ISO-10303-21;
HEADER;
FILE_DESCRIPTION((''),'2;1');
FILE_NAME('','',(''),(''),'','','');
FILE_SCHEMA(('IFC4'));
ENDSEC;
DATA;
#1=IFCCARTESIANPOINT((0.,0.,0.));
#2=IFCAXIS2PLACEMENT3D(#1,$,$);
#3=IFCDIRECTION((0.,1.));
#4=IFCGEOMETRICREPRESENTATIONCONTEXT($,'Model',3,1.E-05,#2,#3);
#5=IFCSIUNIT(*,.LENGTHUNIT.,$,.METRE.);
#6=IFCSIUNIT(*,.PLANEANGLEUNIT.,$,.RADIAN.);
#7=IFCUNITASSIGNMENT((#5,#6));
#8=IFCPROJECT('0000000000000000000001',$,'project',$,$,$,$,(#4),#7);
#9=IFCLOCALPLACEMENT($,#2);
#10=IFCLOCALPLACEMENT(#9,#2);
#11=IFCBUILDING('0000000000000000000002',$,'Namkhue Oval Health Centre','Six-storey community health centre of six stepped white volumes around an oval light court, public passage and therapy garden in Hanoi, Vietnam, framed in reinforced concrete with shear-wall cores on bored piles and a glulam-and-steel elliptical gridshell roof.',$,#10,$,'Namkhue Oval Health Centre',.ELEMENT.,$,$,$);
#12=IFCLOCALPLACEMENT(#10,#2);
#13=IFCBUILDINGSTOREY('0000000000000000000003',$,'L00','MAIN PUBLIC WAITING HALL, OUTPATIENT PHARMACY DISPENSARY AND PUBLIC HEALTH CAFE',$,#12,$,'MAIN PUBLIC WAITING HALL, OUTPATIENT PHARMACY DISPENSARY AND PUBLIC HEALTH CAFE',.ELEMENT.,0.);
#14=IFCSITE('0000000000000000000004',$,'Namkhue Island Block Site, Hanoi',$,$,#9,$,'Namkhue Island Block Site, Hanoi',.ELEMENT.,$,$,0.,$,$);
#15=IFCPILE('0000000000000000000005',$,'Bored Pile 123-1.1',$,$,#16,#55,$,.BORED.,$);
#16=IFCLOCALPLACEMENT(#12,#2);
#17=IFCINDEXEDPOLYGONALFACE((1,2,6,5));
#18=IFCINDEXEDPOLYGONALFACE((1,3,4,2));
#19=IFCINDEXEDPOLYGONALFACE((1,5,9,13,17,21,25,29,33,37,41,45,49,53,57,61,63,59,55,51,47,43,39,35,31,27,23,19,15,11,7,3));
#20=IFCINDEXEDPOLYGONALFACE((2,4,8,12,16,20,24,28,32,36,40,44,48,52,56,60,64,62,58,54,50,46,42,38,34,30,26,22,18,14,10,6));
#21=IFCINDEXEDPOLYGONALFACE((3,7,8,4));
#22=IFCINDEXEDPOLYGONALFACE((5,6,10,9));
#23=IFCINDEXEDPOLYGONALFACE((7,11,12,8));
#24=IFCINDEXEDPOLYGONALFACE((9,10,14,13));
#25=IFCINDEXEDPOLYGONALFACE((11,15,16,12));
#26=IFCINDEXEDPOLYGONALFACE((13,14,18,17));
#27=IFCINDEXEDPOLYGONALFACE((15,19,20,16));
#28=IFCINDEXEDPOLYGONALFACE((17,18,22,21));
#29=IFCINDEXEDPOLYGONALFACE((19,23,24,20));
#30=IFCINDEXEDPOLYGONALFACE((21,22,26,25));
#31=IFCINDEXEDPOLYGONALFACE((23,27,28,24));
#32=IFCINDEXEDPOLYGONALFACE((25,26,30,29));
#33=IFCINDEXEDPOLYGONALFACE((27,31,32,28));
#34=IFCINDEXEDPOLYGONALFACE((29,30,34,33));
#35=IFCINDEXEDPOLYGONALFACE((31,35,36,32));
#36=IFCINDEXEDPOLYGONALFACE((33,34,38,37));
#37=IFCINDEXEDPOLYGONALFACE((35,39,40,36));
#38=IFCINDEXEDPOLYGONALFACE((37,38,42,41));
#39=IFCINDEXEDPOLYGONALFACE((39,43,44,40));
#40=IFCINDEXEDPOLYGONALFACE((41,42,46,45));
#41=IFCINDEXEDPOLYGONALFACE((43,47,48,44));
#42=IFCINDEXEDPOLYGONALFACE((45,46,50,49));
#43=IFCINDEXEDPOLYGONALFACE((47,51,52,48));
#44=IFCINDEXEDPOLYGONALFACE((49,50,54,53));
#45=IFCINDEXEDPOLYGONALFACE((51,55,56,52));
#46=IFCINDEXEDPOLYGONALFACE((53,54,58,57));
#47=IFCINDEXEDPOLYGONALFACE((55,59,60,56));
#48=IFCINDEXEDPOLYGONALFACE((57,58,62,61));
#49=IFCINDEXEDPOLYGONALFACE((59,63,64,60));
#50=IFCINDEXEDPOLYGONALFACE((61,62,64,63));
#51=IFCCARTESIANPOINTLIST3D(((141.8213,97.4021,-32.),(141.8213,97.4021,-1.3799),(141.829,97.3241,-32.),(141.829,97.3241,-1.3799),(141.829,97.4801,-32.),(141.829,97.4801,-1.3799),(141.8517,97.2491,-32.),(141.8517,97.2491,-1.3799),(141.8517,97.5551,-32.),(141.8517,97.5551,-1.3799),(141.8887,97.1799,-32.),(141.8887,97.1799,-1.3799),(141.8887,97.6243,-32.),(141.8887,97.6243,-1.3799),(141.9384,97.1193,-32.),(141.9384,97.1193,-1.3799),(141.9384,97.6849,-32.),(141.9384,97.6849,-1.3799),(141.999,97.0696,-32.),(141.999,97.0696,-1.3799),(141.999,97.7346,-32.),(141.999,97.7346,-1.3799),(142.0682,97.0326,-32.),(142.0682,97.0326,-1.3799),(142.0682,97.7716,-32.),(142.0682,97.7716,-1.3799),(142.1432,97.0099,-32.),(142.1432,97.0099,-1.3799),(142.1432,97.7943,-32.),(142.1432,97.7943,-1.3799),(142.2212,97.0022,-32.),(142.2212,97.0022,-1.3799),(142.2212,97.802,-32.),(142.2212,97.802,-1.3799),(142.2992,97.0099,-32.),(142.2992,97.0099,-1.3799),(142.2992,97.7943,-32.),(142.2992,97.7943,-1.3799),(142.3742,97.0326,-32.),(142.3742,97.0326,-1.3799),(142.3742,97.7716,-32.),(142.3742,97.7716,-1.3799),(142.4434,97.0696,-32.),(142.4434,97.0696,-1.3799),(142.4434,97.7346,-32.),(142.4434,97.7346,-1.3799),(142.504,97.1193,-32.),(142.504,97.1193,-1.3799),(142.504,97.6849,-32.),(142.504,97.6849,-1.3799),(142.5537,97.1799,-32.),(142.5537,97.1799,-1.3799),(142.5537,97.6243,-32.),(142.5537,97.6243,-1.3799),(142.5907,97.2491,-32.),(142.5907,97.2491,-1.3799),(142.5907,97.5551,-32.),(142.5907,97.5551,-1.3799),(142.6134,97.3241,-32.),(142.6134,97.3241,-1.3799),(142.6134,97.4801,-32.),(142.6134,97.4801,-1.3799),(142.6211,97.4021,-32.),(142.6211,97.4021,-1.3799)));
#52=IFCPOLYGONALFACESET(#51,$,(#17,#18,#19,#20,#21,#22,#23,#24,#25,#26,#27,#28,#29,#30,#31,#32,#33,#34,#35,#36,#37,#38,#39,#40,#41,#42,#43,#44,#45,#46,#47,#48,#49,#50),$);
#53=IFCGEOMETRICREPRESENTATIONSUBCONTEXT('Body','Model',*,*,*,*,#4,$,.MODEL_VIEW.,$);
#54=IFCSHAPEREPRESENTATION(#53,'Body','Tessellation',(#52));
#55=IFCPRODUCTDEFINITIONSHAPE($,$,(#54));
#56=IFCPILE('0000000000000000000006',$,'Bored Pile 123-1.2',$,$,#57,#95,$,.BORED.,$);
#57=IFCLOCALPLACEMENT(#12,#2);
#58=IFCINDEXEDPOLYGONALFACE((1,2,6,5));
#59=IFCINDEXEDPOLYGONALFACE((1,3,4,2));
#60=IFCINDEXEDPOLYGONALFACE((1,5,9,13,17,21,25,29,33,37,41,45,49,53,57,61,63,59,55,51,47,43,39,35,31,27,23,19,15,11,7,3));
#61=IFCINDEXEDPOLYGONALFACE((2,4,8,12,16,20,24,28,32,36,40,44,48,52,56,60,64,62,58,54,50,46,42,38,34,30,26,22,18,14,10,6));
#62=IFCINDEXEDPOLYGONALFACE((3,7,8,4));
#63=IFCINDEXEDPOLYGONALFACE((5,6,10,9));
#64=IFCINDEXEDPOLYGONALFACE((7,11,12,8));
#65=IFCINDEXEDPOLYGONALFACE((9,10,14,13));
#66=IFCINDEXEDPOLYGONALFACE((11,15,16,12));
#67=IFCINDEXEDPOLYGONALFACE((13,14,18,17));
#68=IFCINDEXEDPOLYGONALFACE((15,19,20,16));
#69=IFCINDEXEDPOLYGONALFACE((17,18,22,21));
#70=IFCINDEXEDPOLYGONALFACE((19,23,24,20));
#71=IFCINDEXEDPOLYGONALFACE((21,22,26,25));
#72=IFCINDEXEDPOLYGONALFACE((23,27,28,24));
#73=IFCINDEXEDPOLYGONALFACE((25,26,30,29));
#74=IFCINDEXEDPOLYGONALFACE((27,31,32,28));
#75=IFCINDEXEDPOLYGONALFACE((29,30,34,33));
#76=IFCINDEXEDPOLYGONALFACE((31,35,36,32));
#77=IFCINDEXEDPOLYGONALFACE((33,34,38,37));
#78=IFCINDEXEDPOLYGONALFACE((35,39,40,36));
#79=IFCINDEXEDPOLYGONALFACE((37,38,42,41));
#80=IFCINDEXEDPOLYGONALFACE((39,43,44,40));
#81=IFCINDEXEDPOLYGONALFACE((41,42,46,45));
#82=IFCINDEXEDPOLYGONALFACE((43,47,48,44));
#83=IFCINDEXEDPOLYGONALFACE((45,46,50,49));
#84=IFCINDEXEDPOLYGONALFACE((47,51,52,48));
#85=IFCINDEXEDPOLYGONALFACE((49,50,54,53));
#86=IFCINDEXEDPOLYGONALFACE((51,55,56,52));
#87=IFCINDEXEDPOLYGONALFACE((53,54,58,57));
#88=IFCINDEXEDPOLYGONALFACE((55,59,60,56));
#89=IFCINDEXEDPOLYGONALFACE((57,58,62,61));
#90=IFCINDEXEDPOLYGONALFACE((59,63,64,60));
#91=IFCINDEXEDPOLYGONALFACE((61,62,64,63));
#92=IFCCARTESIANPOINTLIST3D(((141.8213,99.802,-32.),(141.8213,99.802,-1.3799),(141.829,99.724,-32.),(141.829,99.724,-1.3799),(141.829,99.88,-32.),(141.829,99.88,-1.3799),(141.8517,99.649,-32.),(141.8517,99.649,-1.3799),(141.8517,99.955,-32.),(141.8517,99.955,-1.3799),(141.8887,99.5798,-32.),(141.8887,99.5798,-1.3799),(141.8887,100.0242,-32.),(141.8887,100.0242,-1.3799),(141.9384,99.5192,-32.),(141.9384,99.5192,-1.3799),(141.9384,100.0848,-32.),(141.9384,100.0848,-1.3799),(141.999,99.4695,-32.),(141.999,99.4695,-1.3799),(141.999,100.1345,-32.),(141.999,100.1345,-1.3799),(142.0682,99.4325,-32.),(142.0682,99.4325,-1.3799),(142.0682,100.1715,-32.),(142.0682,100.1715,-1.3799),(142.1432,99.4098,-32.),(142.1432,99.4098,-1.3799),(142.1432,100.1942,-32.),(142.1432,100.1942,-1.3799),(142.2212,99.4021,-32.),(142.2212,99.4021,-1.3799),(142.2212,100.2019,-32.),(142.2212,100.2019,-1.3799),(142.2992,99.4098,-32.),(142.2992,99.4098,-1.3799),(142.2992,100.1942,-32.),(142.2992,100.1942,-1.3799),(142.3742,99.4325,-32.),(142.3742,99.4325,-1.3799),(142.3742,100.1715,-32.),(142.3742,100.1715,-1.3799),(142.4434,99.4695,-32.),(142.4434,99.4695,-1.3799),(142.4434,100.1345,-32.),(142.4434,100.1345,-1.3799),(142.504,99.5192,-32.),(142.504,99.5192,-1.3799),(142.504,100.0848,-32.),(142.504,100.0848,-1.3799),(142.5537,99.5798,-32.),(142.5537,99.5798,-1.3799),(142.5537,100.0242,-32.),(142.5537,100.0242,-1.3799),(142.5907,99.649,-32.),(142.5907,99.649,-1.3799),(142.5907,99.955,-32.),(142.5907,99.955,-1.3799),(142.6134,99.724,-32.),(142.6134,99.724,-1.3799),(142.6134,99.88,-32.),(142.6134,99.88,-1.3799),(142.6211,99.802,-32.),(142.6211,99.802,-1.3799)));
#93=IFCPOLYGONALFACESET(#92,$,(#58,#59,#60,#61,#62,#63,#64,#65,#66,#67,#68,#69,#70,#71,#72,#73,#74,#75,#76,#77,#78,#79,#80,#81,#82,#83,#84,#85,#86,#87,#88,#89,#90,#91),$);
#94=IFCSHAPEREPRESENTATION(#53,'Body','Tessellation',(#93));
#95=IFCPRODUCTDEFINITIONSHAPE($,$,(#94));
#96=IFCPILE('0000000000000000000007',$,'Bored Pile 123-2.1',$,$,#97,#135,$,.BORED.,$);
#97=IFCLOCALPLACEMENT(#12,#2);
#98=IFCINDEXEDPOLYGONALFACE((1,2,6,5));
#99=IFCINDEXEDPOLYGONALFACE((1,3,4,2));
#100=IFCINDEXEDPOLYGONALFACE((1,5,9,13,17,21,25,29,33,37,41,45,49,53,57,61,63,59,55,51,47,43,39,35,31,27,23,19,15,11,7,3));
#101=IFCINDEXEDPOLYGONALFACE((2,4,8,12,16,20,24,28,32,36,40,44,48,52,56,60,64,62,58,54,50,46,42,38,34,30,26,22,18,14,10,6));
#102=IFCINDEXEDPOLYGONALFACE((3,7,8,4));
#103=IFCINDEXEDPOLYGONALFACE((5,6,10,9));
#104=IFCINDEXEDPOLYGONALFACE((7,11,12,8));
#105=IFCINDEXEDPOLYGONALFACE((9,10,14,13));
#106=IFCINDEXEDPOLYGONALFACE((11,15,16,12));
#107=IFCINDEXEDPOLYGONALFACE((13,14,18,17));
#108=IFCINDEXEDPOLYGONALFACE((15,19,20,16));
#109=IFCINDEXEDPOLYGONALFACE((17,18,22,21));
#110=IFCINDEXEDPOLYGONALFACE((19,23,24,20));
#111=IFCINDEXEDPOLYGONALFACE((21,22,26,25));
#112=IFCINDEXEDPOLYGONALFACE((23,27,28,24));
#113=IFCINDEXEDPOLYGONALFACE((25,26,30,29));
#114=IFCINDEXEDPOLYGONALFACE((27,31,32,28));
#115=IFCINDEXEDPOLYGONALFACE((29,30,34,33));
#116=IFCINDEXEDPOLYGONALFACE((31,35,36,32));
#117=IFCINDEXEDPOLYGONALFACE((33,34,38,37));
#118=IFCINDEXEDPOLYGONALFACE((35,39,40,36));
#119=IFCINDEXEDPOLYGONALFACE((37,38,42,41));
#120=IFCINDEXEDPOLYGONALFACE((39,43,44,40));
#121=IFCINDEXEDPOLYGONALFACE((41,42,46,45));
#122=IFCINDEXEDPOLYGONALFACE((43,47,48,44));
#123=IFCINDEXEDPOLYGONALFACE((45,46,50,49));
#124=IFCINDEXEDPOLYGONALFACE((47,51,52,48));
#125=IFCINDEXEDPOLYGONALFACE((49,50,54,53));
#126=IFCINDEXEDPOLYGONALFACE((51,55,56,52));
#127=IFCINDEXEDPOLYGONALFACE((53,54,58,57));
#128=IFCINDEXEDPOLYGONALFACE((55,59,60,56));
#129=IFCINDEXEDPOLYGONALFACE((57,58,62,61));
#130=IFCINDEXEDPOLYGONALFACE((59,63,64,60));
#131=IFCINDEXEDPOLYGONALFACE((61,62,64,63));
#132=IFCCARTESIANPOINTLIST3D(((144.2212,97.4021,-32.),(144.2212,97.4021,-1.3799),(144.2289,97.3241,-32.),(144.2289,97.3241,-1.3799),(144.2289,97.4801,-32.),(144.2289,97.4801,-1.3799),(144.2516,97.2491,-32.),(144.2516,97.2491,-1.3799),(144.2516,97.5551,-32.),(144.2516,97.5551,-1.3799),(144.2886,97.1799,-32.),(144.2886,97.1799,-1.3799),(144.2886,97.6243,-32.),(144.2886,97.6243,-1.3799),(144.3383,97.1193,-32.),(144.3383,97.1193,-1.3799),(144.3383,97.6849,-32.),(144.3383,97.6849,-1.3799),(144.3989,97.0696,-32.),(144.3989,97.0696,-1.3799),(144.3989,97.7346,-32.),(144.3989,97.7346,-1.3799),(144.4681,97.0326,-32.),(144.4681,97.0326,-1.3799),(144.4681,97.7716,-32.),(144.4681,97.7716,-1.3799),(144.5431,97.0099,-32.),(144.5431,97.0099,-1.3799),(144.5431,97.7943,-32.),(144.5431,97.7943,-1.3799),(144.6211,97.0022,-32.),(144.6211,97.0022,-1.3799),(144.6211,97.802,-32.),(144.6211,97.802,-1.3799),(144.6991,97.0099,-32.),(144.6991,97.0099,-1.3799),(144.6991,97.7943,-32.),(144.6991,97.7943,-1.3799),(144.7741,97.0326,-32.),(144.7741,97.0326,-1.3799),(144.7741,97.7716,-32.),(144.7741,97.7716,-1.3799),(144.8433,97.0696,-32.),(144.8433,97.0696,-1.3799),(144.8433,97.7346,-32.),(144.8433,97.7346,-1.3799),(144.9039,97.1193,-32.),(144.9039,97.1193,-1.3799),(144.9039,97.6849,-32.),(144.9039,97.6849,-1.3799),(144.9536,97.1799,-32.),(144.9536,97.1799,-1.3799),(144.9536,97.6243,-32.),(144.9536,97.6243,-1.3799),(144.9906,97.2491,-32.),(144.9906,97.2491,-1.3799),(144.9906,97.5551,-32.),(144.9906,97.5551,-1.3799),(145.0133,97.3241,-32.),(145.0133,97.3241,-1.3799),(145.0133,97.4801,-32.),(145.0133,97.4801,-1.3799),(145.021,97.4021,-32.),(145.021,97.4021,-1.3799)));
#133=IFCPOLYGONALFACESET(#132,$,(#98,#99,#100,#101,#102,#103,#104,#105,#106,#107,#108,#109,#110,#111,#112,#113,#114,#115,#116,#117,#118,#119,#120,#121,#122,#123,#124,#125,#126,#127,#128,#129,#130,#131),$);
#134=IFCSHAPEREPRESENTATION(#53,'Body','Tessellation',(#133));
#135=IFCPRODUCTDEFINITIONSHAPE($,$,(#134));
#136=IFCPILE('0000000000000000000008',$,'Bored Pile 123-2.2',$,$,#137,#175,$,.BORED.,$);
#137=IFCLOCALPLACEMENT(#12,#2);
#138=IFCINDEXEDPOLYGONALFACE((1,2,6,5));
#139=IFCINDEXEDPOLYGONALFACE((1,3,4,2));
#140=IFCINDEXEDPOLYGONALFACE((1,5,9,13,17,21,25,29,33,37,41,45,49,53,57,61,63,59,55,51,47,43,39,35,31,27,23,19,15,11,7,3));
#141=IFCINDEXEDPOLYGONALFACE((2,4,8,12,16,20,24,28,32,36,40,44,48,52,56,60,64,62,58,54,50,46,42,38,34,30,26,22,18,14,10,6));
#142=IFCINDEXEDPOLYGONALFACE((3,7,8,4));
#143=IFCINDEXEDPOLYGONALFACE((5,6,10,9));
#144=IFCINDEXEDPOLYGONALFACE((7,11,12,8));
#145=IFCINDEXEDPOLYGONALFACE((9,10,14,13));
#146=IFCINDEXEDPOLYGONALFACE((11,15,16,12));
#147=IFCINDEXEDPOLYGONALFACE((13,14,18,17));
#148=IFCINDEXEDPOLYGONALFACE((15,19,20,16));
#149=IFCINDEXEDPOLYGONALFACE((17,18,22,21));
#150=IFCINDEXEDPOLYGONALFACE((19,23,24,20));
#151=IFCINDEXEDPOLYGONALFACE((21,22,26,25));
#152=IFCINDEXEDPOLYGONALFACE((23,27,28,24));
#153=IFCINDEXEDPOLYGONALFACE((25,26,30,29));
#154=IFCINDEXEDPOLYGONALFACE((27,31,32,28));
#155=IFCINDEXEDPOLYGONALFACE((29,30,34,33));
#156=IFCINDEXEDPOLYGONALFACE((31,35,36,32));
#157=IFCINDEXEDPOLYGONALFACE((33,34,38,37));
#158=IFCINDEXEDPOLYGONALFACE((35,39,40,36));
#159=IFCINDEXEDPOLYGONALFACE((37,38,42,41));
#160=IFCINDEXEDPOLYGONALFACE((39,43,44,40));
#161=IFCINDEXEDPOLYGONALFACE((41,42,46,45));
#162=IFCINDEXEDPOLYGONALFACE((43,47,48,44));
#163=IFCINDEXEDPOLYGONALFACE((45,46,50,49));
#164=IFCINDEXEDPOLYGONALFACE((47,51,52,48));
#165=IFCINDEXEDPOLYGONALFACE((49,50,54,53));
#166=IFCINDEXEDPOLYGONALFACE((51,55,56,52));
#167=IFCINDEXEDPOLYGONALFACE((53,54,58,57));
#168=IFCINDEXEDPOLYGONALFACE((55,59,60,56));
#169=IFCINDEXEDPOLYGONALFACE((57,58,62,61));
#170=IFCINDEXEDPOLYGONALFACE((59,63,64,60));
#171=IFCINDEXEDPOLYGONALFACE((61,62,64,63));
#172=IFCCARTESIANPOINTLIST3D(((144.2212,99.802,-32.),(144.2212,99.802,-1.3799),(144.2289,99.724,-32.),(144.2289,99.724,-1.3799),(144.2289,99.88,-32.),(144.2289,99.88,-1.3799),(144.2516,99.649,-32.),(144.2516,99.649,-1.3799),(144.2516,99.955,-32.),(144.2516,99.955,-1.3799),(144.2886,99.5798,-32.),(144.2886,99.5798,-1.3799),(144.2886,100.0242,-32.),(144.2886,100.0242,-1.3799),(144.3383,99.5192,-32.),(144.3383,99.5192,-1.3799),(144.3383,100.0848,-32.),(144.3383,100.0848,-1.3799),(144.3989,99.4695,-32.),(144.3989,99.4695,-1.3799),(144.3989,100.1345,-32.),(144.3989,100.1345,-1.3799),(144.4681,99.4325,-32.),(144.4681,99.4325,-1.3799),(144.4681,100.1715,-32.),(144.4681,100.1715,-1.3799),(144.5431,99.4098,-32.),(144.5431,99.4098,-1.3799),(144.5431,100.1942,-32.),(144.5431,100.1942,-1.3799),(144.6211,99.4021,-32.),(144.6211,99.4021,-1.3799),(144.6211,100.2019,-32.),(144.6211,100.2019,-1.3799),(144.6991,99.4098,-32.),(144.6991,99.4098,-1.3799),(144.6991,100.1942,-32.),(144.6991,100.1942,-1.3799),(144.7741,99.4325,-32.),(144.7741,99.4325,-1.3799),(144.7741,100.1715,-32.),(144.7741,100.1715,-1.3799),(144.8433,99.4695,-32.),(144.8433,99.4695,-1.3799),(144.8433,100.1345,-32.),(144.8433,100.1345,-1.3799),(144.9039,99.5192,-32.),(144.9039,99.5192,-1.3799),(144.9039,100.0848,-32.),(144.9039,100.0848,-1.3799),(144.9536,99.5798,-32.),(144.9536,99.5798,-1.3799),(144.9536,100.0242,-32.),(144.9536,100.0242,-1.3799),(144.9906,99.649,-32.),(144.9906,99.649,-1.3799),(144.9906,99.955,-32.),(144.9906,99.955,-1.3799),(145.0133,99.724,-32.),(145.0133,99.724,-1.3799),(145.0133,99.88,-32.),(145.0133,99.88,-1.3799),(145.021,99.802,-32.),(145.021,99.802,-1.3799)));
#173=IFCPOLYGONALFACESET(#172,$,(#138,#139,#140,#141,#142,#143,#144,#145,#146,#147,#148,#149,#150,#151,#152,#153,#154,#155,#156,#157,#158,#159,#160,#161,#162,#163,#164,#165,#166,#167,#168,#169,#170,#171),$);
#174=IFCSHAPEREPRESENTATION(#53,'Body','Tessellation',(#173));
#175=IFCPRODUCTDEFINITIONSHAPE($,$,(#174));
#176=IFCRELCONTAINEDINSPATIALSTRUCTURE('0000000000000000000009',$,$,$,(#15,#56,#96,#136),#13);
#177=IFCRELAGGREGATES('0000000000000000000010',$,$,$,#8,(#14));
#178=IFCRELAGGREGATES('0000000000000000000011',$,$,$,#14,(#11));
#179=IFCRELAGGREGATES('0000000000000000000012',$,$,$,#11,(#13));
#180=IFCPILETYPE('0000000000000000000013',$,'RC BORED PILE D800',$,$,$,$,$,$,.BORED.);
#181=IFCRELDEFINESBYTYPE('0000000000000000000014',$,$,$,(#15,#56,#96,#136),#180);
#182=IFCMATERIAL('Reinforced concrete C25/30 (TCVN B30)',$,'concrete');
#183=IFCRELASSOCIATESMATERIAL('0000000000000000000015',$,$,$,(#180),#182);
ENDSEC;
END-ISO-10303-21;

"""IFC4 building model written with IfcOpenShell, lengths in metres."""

from ifc_helpers import new_model, si_unit, direction, frame, origin, origin_2d, place, context, subcontext, project, spatial, circle, extrude, material, material_profile, profile_set, type_object, element, save


model = new_model("IFC4")

# Units and contexts
model_context = context("Model", 3, precision=1e-05, world=origin(), true_north=direction((0.0, 1.0)))
body_context = subcontext(model_context, "Body", "Model", "MODEL_VIEW")
ifc_project = project(units=[si_unit("LENGTHUNIT", "METRE"), si_unit("PLANEANGLEUNIT", "RADIAN")], contexts=[model_context])

# Site, building, storey
site_placement = place(None, origin())
site = spatial("IfcSite", under=ifc_project, at=site_placement, Name="Namkhue Island Block Site, Hanoi", LongName="Namkhue Island Block Site, Hanoi", CompositionType="ELEMENT", RefElevation=0.0)
building_placement = place(site_placement, origin())
building = spatial("IfcBuilding", under=site, at=building_placement, Name="Namkhue Oval Health Centre", Description="Six-storey community health centre of six stepped white volumes around an oval light court, public passage and therapy garden in Hanoi, Vietnam, framed in reinforced concrete with shear-wall cores on bored piles and a glulam-and-steel elliptical gridshell roof.", LongName="Namkhue Oval Health Centre", CompositionType="ELEMENT")
storey_placement = place(building_placement, origin())
storey = spatial("IfcBuildingStorey", under=building, at=storey_placement, Name="L00", Description="MAIN PUBLIC WAITING HALL, OUTPATIENT PHARMACY DISPENSARY AND PUBLIC HEALTH CAFE", LongName="MAIN PUBLIC WAITING HALL, OUTPATIENT PHARMACY DISPENSARY AND PUBLIC HEALTH CAFE", CompositionType="ELEMENT", Elevation=0.0)

# Piles
ifc_material_1 = material(Name="Reinforced concrete C25/30 (TCVN B30)", Category="concrete")
ifc_material_profile_1 = material_profile(ifc_material_1, circle(Radius=0.3999, at=origin_2d()), Name="BORED PILE D800")
ifc_profile_set_1 = profile_set([ifc_material_profile_1], Name="Reinforced concrete C25/30 (TCVN B30)")
pile_type = type_object("IfcPileType", Name="RC BORED PILE D800", PredefinedType="BORED", material=ifc_profile_set_1)
for number, where, z_axis, x_axis, name in (
    (1, (142.2212, 97.4021, -1.3799), (0.0, 0.0, -1.0), (1.0, 0.0, 0.0), "Bored Pile 123-1.1"),
    (2, (142.2212, 99.802, -1.3799), (0.0, 0.0, -1.0), (1.0, 0.0, 0.0), "Bored Pile 123-1.2"),
    (3, (144.6211, 97.4021, -1.3799), (0.0, 0.0, -1.0), (1.0, 0.0, 0.0), "Bored Pile 123-2.1"),
    (4, (144.6211, 99.802, -1.3799), (0.0, 0.0, -1.0), (1.0, 0.0, 0.0), "Bored Pile 123-2.2"),
):
    element("IfcPile", number, at=place(storey_placement, frame(where, z_axis=z_axis, x_axis=x_axis)), inside=storey, type_object=pile_type, Name=name, PredefinedType="BORED", context=body_context, shape_type="SweptSolid", body=[
        extrude(circle(Radius=0.3999, at=origin_2d()), origin(), (0.0, 0.0, 1.0), 30.6201),
    ])

save(model, "model.ifc")
